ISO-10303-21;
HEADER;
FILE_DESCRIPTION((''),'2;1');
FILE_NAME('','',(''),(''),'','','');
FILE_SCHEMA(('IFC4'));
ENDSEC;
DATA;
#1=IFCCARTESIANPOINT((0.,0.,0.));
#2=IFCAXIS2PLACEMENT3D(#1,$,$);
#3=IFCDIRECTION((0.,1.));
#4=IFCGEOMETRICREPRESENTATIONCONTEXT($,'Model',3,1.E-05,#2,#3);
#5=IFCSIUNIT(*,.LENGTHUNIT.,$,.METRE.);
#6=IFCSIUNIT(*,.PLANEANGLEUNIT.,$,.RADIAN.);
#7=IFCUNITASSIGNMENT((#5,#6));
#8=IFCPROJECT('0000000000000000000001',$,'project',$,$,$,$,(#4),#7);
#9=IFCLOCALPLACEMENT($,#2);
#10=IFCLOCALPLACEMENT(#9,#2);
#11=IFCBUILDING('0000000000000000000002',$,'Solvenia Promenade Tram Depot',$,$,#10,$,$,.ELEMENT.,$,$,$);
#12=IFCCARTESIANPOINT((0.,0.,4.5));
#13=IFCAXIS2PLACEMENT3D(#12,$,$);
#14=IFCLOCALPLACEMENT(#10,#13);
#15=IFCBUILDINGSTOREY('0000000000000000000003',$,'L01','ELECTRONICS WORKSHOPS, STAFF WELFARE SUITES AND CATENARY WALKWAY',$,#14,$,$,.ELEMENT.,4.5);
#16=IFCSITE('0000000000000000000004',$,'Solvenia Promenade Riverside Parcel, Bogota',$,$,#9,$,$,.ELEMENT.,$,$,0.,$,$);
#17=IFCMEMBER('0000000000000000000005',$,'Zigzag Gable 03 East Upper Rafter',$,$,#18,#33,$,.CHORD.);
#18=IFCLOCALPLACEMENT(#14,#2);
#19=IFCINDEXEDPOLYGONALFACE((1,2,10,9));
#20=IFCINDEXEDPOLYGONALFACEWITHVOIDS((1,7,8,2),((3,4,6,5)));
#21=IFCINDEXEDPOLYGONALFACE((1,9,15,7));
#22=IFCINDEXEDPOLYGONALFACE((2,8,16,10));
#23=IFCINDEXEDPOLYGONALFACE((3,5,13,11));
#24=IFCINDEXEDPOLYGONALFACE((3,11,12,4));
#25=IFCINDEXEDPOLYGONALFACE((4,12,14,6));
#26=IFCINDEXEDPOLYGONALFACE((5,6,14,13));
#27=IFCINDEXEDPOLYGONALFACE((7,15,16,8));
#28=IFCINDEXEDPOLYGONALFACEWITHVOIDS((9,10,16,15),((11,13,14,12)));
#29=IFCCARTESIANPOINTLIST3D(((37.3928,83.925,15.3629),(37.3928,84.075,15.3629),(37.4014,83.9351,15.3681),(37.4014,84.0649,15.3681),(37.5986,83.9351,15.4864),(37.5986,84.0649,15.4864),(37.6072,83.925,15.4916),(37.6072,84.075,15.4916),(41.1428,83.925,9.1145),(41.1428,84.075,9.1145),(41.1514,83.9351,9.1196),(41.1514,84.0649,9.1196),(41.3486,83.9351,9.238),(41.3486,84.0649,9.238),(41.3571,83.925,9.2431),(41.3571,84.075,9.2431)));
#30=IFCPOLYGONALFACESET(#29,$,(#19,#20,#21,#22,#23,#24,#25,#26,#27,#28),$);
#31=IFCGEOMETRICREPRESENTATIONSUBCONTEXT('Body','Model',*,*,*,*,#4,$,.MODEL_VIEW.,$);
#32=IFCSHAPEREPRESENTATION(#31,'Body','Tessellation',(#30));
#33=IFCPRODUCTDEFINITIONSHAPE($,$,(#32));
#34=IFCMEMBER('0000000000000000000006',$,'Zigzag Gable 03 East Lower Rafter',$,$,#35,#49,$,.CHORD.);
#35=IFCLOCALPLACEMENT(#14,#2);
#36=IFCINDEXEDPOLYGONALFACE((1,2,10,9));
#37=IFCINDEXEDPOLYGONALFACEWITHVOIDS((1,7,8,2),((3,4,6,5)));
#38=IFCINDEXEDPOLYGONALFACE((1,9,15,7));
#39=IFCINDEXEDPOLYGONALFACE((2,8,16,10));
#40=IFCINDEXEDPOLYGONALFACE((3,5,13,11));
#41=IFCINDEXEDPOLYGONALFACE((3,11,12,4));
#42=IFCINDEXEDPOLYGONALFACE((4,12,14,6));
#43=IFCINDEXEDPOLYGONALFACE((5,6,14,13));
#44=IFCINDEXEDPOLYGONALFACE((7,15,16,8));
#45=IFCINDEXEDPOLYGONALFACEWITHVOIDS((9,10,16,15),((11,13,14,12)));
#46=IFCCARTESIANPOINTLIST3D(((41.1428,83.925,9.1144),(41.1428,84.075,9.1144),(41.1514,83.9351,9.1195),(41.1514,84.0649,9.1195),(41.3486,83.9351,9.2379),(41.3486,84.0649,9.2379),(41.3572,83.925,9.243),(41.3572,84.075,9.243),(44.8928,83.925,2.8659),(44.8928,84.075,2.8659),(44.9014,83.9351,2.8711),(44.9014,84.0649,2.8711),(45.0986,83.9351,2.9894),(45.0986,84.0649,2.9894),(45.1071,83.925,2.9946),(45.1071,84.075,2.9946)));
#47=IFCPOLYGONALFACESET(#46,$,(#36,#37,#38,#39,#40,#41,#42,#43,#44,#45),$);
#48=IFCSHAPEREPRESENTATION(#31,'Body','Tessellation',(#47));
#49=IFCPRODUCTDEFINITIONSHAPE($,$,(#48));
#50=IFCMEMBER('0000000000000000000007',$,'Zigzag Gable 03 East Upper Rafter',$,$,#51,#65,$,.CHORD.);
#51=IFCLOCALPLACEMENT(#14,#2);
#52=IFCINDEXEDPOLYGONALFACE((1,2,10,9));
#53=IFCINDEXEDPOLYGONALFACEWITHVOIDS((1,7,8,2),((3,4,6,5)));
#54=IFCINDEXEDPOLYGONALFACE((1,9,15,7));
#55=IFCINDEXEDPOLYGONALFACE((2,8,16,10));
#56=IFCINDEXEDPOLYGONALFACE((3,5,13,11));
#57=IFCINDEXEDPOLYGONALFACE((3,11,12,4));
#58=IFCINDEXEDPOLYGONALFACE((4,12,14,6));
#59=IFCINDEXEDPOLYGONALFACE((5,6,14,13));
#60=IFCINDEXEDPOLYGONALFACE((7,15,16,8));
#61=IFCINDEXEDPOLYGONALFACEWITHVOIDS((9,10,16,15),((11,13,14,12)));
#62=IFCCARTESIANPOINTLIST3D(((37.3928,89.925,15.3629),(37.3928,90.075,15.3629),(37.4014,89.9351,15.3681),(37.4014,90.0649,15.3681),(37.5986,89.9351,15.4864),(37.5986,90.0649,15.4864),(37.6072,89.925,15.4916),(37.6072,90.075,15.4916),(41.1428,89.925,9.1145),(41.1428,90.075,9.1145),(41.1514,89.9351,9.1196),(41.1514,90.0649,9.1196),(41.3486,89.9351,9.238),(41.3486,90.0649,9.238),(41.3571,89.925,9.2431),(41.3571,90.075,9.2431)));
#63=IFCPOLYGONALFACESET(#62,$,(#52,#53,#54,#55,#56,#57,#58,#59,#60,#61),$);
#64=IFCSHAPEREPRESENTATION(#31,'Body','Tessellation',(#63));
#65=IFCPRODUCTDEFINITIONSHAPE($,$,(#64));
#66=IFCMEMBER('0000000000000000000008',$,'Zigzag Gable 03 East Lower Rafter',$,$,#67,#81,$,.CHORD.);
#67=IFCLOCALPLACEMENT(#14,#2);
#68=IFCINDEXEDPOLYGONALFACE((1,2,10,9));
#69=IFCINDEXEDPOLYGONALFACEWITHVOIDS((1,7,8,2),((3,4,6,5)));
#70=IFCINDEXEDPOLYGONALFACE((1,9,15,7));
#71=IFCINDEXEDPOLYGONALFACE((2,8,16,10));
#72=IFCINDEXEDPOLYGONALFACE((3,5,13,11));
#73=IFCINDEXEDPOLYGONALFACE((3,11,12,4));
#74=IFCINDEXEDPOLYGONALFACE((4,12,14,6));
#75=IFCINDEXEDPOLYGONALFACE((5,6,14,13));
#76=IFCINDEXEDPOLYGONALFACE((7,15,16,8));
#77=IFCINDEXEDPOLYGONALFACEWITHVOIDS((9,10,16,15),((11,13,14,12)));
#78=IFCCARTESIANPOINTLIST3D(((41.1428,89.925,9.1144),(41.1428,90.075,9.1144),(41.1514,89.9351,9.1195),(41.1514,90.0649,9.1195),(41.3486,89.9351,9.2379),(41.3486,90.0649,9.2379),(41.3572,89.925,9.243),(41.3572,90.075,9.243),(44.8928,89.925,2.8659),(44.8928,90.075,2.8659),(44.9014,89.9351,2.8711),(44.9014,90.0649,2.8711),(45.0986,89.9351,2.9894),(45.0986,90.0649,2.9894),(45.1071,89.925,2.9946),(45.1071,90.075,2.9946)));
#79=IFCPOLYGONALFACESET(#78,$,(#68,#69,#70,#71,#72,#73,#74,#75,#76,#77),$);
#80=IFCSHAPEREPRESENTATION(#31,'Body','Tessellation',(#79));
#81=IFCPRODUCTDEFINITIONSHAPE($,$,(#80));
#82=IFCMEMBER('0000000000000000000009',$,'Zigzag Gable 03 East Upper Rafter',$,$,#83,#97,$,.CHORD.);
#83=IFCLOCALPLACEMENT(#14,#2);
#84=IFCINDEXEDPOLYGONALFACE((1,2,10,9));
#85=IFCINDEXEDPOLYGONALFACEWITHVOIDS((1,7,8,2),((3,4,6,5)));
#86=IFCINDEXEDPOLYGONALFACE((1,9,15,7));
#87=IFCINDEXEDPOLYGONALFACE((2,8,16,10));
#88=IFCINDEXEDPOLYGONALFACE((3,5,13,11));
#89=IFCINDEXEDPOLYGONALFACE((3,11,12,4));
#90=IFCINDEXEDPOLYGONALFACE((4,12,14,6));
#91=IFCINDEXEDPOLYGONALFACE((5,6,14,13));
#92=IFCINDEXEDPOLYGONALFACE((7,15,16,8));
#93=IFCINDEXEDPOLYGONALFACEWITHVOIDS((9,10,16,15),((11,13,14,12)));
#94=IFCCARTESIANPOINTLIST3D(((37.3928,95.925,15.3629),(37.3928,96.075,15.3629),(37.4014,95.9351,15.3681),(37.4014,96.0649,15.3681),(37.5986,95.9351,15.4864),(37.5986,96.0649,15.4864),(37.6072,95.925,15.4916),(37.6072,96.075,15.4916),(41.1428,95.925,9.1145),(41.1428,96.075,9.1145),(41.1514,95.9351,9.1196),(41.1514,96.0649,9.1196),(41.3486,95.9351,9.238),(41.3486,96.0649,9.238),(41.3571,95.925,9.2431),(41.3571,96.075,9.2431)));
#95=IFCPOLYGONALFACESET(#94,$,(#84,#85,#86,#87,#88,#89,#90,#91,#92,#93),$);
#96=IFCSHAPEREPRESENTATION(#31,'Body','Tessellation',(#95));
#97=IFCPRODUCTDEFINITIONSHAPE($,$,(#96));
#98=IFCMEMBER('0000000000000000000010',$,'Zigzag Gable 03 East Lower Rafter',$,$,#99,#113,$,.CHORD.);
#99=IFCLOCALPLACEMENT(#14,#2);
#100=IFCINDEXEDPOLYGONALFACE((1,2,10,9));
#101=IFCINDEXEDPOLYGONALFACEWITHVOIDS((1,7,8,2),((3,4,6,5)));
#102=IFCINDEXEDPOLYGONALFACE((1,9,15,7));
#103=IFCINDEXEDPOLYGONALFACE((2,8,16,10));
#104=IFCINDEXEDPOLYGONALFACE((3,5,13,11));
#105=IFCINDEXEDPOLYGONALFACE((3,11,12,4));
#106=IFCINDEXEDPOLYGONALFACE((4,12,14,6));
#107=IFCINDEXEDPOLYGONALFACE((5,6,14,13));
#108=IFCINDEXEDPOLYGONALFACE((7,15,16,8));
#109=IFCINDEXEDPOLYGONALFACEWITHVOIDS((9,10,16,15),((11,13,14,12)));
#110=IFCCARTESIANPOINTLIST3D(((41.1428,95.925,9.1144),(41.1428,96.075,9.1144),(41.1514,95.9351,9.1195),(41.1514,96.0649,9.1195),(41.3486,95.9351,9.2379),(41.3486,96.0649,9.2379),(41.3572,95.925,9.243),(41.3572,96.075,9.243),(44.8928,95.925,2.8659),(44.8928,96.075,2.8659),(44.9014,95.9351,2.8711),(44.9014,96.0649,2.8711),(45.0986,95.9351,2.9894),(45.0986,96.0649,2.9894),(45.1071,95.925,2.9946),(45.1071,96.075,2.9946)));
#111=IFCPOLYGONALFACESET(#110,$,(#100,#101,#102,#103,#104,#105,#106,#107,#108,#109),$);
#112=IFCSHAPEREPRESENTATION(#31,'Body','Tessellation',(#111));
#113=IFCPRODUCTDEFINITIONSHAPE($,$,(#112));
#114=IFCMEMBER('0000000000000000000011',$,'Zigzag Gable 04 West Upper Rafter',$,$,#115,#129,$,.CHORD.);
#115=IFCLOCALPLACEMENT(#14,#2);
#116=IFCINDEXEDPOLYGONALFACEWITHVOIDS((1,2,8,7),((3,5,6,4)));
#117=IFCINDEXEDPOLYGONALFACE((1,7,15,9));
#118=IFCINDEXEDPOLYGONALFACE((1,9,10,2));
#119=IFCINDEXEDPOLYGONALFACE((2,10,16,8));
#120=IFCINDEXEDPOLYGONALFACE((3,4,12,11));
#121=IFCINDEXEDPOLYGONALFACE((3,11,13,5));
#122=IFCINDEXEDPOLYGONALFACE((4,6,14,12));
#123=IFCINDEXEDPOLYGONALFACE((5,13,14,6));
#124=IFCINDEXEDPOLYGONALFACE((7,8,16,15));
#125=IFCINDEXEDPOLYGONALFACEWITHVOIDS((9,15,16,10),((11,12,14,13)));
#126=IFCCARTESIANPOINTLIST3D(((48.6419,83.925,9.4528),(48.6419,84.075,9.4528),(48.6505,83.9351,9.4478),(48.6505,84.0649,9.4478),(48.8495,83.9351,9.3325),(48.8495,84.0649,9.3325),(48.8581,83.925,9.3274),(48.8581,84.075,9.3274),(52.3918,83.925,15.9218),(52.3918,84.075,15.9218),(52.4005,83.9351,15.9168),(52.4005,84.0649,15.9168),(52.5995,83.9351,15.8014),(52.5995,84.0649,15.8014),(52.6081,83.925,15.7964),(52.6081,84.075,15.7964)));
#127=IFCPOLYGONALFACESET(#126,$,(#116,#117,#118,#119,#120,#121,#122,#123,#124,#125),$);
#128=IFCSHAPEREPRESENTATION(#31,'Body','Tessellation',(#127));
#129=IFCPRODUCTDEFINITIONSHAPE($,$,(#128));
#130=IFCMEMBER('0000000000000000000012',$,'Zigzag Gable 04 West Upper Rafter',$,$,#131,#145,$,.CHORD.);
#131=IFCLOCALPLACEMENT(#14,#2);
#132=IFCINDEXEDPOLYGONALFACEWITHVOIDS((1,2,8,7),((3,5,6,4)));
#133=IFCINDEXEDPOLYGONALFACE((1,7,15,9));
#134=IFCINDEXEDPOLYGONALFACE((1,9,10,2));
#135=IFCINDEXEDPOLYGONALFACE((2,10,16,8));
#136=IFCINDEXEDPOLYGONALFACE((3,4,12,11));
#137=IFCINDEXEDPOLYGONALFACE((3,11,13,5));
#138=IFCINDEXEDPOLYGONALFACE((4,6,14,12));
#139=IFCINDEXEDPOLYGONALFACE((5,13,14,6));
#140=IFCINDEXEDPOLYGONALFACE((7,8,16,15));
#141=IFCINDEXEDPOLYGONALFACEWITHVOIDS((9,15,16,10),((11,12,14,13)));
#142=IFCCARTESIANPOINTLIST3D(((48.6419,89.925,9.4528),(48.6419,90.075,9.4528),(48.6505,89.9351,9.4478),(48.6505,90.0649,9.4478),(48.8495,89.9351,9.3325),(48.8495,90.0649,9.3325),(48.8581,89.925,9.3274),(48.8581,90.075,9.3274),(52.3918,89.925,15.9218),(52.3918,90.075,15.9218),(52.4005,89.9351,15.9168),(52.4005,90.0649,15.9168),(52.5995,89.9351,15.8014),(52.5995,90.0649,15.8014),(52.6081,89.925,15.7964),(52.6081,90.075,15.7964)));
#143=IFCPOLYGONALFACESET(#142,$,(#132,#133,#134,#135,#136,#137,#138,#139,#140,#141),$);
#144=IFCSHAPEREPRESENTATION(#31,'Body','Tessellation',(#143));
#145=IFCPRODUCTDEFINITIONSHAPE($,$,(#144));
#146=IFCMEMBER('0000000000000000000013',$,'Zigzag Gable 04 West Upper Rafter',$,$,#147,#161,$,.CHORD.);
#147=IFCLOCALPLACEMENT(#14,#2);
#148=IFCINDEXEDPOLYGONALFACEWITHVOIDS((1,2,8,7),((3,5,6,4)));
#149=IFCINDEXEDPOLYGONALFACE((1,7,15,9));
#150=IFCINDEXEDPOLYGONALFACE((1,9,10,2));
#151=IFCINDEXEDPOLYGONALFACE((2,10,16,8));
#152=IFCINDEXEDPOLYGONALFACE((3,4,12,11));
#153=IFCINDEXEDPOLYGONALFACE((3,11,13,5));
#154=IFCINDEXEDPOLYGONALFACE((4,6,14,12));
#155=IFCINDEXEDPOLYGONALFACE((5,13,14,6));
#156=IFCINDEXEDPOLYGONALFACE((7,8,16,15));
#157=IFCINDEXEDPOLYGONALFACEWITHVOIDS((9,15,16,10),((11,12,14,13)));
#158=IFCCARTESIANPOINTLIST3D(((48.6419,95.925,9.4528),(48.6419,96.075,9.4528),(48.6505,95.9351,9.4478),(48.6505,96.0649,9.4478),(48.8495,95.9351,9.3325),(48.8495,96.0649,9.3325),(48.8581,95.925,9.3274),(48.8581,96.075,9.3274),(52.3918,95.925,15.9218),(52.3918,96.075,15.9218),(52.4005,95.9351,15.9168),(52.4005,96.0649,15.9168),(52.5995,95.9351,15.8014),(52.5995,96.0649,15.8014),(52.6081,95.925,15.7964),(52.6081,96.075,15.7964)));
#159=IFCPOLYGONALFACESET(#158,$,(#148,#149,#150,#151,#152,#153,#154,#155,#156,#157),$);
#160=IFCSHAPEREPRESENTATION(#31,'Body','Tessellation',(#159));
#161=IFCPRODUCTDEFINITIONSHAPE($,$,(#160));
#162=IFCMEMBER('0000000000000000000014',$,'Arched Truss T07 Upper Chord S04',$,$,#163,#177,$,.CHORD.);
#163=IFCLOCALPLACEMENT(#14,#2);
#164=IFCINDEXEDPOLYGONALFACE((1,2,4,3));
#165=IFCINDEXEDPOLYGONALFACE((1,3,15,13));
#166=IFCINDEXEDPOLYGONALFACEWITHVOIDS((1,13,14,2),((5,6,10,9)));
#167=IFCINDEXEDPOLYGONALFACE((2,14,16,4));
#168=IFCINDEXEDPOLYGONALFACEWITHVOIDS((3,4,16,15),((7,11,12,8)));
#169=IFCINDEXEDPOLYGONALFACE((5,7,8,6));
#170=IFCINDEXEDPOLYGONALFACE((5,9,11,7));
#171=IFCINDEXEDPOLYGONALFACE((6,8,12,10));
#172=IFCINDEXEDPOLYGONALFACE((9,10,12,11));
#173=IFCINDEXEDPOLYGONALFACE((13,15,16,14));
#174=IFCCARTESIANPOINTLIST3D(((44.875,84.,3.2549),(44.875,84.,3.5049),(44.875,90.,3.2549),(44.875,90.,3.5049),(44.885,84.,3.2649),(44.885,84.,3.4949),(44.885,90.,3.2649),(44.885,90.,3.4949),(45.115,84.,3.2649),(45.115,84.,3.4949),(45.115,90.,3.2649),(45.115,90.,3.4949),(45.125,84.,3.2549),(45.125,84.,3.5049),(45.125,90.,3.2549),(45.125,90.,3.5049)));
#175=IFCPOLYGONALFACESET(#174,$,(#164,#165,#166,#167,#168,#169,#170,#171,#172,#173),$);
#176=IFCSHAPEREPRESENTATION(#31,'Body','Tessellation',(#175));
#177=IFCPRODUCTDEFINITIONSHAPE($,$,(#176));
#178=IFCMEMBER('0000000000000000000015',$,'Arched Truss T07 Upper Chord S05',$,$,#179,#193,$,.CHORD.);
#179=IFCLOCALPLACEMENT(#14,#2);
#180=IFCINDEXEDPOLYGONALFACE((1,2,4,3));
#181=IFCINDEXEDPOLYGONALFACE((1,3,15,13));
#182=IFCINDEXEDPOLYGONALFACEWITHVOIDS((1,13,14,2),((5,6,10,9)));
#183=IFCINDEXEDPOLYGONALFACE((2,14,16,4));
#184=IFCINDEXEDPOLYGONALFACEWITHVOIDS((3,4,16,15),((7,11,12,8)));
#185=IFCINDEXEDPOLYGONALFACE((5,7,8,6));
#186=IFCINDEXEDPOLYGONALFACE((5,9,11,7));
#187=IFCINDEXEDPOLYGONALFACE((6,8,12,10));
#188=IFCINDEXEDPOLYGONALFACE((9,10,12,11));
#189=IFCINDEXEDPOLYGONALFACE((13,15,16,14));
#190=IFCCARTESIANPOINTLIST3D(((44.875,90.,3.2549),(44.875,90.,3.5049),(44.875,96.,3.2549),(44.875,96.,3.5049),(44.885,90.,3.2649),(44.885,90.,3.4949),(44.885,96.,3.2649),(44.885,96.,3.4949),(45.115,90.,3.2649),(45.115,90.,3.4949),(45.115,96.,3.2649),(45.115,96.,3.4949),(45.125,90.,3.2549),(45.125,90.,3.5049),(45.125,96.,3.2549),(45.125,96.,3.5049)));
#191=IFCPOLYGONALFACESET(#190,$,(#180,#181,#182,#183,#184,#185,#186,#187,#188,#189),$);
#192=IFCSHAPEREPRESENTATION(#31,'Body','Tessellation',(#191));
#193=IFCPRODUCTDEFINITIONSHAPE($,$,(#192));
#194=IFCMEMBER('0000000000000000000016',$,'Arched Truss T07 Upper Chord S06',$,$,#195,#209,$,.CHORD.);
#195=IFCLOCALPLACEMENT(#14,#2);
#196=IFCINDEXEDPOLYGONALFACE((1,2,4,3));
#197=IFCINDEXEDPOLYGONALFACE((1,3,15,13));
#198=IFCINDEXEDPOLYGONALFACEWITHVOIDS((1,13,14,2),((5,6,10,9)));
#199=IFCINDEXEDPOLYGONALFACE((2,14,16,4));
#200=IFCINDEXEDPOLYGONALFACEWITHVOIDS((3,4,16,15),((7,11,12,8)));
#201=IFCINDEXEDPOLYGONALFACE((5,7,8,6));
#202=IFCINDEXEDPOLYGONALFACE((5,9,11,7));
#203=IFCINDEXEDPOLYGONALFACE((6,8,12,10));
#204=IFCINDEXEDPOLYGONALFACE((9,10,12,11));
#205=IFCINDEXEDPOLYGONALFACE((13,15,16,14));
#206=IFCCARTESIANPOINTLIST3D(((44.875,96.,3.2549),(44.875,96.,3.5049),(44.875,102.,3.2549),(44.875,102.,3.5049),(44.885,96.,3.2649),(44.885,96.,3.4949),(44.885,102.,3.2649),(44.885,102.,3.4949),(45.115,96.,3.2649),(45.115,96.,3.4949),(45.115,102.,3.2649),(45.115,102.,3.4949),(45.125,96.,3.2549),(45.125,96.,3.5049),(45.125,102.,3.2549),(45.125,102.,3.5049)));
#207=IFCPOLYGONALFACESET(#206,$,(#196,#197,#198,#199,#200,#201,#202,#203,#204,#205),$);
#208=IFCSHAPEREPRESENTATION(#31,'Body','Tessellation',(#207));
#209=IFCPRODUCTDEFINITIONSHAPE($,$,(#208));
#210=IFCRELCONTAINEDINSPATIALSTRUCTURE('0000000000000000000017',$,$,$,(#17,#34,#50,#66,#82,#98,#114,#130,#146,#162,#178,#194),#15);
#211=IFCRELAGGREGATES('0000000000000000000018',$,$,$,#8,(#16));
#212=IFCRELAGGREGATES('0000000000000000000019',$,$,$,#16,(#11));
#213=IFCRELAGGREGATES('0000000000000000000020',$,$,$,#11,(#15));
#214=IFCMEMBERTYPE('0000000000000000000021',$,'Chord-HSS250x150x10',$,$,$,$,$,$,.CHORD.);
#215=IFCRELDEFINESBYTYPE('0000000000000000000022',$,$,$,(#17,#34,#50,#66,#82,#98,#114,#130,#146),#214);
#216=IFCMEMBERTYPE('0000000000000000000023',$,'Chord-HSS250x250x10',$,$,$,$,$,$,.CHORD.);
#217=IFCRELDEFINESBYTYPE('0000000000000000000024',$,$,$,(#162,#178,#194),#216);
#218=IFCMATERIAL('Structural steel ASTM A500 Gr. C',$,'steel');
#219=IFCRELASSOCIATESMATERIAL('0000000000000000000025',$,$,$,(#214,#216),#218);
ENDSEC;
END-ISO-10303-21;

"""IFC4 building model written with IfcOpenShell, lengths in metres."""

from ifc_helpers import new_model, si_unit, direction, frame, origin, origin_2d, place, context, subcontext, project, spatial, hollow_rectangle, extrude, material, material_profile, profile_set, type_object, element, save


model = new_model("IFC4")

# Units and contexts
model_context = context("Model", 3, precision=1e-05, world=origin(), true_north=direction((0.0, 1.0)))
body_context = subcontext(model_context, "Body", "Model", "MODEL_VIEW")
ifc_project = project(units=[si_unit("LENGTHUNIT", "METRE"), si_unit("PLANEANGLEUNIT", "RADIAN")], contexts=[model_context])

# Site, building, storey
site_placement = place(None, origin())
site = spatial("IfcSite", under=ifc_project, at=site_placement, Name="Solvenia Promenade Riverside Parcel, Bogota", CompositionType="ELEMENT", RefElevation=0.0)
building_placement = place(site_placement, origin())
building = spatial("IfcBuilding", under=site, at=building_placement, Name="Solvenia Promenade Tram Depot", CompositionType="ELEMENT")
storey_placement = place(building_placement, frame((0.0, 0.0, 4.5)))
storey = spatial("IfcBuildingStorey", under=building, at=storey_placement, Name="L01", Description="ELECTRONICS WORKSHOPS, STAFF WELFARE SUITES AND CATENARY WALKWAY", CompositionType="ELEMENT", Elevation=4.5)

# Members
ifc_material_1 = material(Name="Structural steel ASTM A500 Gr. C", Category="steel")
ifc_material_profile_1 = material_profile(ifc_material_1, hollow_rectangle(XDim=0.1499, YDim=0.25, WallThickness=0.01, at=origin_2d()), Name="HSS250x150x10", Category="steel")
ifc_profile_set_1 = profile_set([ifc_material_profile_1], Name="Structural steel ASTM A500 Gr. C")
member_type_1 = type_object("IfcMemberType", Name="Chord-HSS250x150x10", PredefinedType="CHORD", material=ifc_profile_set_1)
for number, where, z_axis, x_axis, name in (
    (1, (37.5, 84.0, 15.4272), (0.514584, 0.0, -0.85744), (0.0, 1.0, 0.0), "Zigzag Gable 03 East Upper Rafter"),
    (2, (41.25, 84.0, 9.1787), (0.514584, 0.0, -0.85744), (0.0, 1.0, 0.0), "Zigzag Gable 03 East Lower Rafter"),
    (3, (37.5, 90.0, 15.4272), (0.514584, 0.0, -0.85744), (0.0, 1.0, 0.0), "Zigzag Gable 03 East Upper Rafter"),
    (4, (41.25, 90.0, 9.1787), (0.514584, 0.0, -0.85744), (0.0, 1.0, 0.0), "Zigzag Gable 03 East Lower Rafter"),
    (5, (37.5, 96.0, 15.4272), (0.514584, 0.0, -0.85744), (0.0, 1.0, 0.0), "Zigzag Gable 03 East Upper Rafter"),
    (6, (41.25, 96.0, 9.1787), (0.514584, 0.0, -0.85744), (0.0, 1.0, 0.0), "Zigzag Gable 03 East Lower Rafter"),
):
    element("IfcMember", number, at=place(storey_placement, frame(where, z_axis=z_axis, x_axis=x_axis)), inside=storey, type_object=member_type_1, Name=name, PredefinedType="CHORD", context=body_context, shape_type="SweptSolid", body=[
        extrude(hollow_rectangle(XDim=0.1499, YDim=0.25, WallThickness=0.01, at=origin_2d()), origin(), (0.0, 0.0, 1.0), 7.2874),
    ])
for number, where, z_axis, x_axis, name in (
    (7, (48.75, 84.0, 9.3901), (0.501516, 0.0, 0.865148), (0.0, 1.0, 0.0), "Zigzag Gable 04 West Upper Rafter"),
    (8, (48.75, 90.0, 9.3901), (0.501516, 0.0, 0.865148), (0.0, 1.0, 0.0), "Zigzag Gable 04 West Upper Rafter"),
    (9, (48.75, 96.0, 9.3901), (0.501516, 0.0, 0.865148), (0.0, 1.0, 0.0), "Zigzag Gable 04 West Upper Rafter"),
):
    element("IfcMember", number, at=place(storey_placement, frame(where, z_axis=z_axis, x_axis=x_axis)), inside=storey, type_object=member_type_1, Name=name, PredefinedType="CHORD", context=body_context, shape_type="SweptSolid", body=[
        extrude(hollow_rectangle(XDim=0.1499, YDim=0.25, WallThickness=0.01, at=origin_2d()), origin(), (0.0, 0.0, 1.0), 7.4773),
    ])
ifc_material_profile_2 = material_profile(ifc_material_1, hollow_rectangle(XDim=0.25, YDim=0.25, WallThickness=0.01, at=origin_2d()), Name="HSS250x250x10", Category="steel")
ifc_profile_set_2 = profile_set([ifc_material_profile_2], Name="Structural steel ASTM A500 Gr. C")
member_type_2 = type_object("IfcMemberType", Name="Chord-HSS250x250x10", PredefinedType="CHORD", material=ifc_profile_set_2)
for number, where, z_axis, x_axis, name in (
    (10, (45.0, 84.0, 3.3799), (0.0, 1.0, 0.0), (-1.0, 0.0, 0.0), "Arched Truss T07 Upper Chord S04"),
    (11, (45.0, 90.0, 3.3799), (0.0, 1.0, 0.0), (-1.0, 0.0, 0.0), "Arched Truss T07 Upper Chord S05"),
    (12, (45.0, 96.0, 3.3799), (0.0, 1.0, 0.0), (-1.0, 0.0, 0.0), "Arched Truss T07 Upper Chord S06"),
):
    element("IfcMember", number, at=place(storey_placement, frame(where, z_axis=z_axis, x_axis=x_axis)), inside=storey, type_object=member_type_2, Name=name, PredefinedType="CHORD", context=body_context, shape_type="SweptSolid", body=[
        extrude(hollow_rectangle(XDim=0.25, YDim=0.25, WallThickness=0.01, at=origin_2d()), origin(), (0.0, 0.0, 1.0), 6.0),
    ])

save(model, "model.ifc")
